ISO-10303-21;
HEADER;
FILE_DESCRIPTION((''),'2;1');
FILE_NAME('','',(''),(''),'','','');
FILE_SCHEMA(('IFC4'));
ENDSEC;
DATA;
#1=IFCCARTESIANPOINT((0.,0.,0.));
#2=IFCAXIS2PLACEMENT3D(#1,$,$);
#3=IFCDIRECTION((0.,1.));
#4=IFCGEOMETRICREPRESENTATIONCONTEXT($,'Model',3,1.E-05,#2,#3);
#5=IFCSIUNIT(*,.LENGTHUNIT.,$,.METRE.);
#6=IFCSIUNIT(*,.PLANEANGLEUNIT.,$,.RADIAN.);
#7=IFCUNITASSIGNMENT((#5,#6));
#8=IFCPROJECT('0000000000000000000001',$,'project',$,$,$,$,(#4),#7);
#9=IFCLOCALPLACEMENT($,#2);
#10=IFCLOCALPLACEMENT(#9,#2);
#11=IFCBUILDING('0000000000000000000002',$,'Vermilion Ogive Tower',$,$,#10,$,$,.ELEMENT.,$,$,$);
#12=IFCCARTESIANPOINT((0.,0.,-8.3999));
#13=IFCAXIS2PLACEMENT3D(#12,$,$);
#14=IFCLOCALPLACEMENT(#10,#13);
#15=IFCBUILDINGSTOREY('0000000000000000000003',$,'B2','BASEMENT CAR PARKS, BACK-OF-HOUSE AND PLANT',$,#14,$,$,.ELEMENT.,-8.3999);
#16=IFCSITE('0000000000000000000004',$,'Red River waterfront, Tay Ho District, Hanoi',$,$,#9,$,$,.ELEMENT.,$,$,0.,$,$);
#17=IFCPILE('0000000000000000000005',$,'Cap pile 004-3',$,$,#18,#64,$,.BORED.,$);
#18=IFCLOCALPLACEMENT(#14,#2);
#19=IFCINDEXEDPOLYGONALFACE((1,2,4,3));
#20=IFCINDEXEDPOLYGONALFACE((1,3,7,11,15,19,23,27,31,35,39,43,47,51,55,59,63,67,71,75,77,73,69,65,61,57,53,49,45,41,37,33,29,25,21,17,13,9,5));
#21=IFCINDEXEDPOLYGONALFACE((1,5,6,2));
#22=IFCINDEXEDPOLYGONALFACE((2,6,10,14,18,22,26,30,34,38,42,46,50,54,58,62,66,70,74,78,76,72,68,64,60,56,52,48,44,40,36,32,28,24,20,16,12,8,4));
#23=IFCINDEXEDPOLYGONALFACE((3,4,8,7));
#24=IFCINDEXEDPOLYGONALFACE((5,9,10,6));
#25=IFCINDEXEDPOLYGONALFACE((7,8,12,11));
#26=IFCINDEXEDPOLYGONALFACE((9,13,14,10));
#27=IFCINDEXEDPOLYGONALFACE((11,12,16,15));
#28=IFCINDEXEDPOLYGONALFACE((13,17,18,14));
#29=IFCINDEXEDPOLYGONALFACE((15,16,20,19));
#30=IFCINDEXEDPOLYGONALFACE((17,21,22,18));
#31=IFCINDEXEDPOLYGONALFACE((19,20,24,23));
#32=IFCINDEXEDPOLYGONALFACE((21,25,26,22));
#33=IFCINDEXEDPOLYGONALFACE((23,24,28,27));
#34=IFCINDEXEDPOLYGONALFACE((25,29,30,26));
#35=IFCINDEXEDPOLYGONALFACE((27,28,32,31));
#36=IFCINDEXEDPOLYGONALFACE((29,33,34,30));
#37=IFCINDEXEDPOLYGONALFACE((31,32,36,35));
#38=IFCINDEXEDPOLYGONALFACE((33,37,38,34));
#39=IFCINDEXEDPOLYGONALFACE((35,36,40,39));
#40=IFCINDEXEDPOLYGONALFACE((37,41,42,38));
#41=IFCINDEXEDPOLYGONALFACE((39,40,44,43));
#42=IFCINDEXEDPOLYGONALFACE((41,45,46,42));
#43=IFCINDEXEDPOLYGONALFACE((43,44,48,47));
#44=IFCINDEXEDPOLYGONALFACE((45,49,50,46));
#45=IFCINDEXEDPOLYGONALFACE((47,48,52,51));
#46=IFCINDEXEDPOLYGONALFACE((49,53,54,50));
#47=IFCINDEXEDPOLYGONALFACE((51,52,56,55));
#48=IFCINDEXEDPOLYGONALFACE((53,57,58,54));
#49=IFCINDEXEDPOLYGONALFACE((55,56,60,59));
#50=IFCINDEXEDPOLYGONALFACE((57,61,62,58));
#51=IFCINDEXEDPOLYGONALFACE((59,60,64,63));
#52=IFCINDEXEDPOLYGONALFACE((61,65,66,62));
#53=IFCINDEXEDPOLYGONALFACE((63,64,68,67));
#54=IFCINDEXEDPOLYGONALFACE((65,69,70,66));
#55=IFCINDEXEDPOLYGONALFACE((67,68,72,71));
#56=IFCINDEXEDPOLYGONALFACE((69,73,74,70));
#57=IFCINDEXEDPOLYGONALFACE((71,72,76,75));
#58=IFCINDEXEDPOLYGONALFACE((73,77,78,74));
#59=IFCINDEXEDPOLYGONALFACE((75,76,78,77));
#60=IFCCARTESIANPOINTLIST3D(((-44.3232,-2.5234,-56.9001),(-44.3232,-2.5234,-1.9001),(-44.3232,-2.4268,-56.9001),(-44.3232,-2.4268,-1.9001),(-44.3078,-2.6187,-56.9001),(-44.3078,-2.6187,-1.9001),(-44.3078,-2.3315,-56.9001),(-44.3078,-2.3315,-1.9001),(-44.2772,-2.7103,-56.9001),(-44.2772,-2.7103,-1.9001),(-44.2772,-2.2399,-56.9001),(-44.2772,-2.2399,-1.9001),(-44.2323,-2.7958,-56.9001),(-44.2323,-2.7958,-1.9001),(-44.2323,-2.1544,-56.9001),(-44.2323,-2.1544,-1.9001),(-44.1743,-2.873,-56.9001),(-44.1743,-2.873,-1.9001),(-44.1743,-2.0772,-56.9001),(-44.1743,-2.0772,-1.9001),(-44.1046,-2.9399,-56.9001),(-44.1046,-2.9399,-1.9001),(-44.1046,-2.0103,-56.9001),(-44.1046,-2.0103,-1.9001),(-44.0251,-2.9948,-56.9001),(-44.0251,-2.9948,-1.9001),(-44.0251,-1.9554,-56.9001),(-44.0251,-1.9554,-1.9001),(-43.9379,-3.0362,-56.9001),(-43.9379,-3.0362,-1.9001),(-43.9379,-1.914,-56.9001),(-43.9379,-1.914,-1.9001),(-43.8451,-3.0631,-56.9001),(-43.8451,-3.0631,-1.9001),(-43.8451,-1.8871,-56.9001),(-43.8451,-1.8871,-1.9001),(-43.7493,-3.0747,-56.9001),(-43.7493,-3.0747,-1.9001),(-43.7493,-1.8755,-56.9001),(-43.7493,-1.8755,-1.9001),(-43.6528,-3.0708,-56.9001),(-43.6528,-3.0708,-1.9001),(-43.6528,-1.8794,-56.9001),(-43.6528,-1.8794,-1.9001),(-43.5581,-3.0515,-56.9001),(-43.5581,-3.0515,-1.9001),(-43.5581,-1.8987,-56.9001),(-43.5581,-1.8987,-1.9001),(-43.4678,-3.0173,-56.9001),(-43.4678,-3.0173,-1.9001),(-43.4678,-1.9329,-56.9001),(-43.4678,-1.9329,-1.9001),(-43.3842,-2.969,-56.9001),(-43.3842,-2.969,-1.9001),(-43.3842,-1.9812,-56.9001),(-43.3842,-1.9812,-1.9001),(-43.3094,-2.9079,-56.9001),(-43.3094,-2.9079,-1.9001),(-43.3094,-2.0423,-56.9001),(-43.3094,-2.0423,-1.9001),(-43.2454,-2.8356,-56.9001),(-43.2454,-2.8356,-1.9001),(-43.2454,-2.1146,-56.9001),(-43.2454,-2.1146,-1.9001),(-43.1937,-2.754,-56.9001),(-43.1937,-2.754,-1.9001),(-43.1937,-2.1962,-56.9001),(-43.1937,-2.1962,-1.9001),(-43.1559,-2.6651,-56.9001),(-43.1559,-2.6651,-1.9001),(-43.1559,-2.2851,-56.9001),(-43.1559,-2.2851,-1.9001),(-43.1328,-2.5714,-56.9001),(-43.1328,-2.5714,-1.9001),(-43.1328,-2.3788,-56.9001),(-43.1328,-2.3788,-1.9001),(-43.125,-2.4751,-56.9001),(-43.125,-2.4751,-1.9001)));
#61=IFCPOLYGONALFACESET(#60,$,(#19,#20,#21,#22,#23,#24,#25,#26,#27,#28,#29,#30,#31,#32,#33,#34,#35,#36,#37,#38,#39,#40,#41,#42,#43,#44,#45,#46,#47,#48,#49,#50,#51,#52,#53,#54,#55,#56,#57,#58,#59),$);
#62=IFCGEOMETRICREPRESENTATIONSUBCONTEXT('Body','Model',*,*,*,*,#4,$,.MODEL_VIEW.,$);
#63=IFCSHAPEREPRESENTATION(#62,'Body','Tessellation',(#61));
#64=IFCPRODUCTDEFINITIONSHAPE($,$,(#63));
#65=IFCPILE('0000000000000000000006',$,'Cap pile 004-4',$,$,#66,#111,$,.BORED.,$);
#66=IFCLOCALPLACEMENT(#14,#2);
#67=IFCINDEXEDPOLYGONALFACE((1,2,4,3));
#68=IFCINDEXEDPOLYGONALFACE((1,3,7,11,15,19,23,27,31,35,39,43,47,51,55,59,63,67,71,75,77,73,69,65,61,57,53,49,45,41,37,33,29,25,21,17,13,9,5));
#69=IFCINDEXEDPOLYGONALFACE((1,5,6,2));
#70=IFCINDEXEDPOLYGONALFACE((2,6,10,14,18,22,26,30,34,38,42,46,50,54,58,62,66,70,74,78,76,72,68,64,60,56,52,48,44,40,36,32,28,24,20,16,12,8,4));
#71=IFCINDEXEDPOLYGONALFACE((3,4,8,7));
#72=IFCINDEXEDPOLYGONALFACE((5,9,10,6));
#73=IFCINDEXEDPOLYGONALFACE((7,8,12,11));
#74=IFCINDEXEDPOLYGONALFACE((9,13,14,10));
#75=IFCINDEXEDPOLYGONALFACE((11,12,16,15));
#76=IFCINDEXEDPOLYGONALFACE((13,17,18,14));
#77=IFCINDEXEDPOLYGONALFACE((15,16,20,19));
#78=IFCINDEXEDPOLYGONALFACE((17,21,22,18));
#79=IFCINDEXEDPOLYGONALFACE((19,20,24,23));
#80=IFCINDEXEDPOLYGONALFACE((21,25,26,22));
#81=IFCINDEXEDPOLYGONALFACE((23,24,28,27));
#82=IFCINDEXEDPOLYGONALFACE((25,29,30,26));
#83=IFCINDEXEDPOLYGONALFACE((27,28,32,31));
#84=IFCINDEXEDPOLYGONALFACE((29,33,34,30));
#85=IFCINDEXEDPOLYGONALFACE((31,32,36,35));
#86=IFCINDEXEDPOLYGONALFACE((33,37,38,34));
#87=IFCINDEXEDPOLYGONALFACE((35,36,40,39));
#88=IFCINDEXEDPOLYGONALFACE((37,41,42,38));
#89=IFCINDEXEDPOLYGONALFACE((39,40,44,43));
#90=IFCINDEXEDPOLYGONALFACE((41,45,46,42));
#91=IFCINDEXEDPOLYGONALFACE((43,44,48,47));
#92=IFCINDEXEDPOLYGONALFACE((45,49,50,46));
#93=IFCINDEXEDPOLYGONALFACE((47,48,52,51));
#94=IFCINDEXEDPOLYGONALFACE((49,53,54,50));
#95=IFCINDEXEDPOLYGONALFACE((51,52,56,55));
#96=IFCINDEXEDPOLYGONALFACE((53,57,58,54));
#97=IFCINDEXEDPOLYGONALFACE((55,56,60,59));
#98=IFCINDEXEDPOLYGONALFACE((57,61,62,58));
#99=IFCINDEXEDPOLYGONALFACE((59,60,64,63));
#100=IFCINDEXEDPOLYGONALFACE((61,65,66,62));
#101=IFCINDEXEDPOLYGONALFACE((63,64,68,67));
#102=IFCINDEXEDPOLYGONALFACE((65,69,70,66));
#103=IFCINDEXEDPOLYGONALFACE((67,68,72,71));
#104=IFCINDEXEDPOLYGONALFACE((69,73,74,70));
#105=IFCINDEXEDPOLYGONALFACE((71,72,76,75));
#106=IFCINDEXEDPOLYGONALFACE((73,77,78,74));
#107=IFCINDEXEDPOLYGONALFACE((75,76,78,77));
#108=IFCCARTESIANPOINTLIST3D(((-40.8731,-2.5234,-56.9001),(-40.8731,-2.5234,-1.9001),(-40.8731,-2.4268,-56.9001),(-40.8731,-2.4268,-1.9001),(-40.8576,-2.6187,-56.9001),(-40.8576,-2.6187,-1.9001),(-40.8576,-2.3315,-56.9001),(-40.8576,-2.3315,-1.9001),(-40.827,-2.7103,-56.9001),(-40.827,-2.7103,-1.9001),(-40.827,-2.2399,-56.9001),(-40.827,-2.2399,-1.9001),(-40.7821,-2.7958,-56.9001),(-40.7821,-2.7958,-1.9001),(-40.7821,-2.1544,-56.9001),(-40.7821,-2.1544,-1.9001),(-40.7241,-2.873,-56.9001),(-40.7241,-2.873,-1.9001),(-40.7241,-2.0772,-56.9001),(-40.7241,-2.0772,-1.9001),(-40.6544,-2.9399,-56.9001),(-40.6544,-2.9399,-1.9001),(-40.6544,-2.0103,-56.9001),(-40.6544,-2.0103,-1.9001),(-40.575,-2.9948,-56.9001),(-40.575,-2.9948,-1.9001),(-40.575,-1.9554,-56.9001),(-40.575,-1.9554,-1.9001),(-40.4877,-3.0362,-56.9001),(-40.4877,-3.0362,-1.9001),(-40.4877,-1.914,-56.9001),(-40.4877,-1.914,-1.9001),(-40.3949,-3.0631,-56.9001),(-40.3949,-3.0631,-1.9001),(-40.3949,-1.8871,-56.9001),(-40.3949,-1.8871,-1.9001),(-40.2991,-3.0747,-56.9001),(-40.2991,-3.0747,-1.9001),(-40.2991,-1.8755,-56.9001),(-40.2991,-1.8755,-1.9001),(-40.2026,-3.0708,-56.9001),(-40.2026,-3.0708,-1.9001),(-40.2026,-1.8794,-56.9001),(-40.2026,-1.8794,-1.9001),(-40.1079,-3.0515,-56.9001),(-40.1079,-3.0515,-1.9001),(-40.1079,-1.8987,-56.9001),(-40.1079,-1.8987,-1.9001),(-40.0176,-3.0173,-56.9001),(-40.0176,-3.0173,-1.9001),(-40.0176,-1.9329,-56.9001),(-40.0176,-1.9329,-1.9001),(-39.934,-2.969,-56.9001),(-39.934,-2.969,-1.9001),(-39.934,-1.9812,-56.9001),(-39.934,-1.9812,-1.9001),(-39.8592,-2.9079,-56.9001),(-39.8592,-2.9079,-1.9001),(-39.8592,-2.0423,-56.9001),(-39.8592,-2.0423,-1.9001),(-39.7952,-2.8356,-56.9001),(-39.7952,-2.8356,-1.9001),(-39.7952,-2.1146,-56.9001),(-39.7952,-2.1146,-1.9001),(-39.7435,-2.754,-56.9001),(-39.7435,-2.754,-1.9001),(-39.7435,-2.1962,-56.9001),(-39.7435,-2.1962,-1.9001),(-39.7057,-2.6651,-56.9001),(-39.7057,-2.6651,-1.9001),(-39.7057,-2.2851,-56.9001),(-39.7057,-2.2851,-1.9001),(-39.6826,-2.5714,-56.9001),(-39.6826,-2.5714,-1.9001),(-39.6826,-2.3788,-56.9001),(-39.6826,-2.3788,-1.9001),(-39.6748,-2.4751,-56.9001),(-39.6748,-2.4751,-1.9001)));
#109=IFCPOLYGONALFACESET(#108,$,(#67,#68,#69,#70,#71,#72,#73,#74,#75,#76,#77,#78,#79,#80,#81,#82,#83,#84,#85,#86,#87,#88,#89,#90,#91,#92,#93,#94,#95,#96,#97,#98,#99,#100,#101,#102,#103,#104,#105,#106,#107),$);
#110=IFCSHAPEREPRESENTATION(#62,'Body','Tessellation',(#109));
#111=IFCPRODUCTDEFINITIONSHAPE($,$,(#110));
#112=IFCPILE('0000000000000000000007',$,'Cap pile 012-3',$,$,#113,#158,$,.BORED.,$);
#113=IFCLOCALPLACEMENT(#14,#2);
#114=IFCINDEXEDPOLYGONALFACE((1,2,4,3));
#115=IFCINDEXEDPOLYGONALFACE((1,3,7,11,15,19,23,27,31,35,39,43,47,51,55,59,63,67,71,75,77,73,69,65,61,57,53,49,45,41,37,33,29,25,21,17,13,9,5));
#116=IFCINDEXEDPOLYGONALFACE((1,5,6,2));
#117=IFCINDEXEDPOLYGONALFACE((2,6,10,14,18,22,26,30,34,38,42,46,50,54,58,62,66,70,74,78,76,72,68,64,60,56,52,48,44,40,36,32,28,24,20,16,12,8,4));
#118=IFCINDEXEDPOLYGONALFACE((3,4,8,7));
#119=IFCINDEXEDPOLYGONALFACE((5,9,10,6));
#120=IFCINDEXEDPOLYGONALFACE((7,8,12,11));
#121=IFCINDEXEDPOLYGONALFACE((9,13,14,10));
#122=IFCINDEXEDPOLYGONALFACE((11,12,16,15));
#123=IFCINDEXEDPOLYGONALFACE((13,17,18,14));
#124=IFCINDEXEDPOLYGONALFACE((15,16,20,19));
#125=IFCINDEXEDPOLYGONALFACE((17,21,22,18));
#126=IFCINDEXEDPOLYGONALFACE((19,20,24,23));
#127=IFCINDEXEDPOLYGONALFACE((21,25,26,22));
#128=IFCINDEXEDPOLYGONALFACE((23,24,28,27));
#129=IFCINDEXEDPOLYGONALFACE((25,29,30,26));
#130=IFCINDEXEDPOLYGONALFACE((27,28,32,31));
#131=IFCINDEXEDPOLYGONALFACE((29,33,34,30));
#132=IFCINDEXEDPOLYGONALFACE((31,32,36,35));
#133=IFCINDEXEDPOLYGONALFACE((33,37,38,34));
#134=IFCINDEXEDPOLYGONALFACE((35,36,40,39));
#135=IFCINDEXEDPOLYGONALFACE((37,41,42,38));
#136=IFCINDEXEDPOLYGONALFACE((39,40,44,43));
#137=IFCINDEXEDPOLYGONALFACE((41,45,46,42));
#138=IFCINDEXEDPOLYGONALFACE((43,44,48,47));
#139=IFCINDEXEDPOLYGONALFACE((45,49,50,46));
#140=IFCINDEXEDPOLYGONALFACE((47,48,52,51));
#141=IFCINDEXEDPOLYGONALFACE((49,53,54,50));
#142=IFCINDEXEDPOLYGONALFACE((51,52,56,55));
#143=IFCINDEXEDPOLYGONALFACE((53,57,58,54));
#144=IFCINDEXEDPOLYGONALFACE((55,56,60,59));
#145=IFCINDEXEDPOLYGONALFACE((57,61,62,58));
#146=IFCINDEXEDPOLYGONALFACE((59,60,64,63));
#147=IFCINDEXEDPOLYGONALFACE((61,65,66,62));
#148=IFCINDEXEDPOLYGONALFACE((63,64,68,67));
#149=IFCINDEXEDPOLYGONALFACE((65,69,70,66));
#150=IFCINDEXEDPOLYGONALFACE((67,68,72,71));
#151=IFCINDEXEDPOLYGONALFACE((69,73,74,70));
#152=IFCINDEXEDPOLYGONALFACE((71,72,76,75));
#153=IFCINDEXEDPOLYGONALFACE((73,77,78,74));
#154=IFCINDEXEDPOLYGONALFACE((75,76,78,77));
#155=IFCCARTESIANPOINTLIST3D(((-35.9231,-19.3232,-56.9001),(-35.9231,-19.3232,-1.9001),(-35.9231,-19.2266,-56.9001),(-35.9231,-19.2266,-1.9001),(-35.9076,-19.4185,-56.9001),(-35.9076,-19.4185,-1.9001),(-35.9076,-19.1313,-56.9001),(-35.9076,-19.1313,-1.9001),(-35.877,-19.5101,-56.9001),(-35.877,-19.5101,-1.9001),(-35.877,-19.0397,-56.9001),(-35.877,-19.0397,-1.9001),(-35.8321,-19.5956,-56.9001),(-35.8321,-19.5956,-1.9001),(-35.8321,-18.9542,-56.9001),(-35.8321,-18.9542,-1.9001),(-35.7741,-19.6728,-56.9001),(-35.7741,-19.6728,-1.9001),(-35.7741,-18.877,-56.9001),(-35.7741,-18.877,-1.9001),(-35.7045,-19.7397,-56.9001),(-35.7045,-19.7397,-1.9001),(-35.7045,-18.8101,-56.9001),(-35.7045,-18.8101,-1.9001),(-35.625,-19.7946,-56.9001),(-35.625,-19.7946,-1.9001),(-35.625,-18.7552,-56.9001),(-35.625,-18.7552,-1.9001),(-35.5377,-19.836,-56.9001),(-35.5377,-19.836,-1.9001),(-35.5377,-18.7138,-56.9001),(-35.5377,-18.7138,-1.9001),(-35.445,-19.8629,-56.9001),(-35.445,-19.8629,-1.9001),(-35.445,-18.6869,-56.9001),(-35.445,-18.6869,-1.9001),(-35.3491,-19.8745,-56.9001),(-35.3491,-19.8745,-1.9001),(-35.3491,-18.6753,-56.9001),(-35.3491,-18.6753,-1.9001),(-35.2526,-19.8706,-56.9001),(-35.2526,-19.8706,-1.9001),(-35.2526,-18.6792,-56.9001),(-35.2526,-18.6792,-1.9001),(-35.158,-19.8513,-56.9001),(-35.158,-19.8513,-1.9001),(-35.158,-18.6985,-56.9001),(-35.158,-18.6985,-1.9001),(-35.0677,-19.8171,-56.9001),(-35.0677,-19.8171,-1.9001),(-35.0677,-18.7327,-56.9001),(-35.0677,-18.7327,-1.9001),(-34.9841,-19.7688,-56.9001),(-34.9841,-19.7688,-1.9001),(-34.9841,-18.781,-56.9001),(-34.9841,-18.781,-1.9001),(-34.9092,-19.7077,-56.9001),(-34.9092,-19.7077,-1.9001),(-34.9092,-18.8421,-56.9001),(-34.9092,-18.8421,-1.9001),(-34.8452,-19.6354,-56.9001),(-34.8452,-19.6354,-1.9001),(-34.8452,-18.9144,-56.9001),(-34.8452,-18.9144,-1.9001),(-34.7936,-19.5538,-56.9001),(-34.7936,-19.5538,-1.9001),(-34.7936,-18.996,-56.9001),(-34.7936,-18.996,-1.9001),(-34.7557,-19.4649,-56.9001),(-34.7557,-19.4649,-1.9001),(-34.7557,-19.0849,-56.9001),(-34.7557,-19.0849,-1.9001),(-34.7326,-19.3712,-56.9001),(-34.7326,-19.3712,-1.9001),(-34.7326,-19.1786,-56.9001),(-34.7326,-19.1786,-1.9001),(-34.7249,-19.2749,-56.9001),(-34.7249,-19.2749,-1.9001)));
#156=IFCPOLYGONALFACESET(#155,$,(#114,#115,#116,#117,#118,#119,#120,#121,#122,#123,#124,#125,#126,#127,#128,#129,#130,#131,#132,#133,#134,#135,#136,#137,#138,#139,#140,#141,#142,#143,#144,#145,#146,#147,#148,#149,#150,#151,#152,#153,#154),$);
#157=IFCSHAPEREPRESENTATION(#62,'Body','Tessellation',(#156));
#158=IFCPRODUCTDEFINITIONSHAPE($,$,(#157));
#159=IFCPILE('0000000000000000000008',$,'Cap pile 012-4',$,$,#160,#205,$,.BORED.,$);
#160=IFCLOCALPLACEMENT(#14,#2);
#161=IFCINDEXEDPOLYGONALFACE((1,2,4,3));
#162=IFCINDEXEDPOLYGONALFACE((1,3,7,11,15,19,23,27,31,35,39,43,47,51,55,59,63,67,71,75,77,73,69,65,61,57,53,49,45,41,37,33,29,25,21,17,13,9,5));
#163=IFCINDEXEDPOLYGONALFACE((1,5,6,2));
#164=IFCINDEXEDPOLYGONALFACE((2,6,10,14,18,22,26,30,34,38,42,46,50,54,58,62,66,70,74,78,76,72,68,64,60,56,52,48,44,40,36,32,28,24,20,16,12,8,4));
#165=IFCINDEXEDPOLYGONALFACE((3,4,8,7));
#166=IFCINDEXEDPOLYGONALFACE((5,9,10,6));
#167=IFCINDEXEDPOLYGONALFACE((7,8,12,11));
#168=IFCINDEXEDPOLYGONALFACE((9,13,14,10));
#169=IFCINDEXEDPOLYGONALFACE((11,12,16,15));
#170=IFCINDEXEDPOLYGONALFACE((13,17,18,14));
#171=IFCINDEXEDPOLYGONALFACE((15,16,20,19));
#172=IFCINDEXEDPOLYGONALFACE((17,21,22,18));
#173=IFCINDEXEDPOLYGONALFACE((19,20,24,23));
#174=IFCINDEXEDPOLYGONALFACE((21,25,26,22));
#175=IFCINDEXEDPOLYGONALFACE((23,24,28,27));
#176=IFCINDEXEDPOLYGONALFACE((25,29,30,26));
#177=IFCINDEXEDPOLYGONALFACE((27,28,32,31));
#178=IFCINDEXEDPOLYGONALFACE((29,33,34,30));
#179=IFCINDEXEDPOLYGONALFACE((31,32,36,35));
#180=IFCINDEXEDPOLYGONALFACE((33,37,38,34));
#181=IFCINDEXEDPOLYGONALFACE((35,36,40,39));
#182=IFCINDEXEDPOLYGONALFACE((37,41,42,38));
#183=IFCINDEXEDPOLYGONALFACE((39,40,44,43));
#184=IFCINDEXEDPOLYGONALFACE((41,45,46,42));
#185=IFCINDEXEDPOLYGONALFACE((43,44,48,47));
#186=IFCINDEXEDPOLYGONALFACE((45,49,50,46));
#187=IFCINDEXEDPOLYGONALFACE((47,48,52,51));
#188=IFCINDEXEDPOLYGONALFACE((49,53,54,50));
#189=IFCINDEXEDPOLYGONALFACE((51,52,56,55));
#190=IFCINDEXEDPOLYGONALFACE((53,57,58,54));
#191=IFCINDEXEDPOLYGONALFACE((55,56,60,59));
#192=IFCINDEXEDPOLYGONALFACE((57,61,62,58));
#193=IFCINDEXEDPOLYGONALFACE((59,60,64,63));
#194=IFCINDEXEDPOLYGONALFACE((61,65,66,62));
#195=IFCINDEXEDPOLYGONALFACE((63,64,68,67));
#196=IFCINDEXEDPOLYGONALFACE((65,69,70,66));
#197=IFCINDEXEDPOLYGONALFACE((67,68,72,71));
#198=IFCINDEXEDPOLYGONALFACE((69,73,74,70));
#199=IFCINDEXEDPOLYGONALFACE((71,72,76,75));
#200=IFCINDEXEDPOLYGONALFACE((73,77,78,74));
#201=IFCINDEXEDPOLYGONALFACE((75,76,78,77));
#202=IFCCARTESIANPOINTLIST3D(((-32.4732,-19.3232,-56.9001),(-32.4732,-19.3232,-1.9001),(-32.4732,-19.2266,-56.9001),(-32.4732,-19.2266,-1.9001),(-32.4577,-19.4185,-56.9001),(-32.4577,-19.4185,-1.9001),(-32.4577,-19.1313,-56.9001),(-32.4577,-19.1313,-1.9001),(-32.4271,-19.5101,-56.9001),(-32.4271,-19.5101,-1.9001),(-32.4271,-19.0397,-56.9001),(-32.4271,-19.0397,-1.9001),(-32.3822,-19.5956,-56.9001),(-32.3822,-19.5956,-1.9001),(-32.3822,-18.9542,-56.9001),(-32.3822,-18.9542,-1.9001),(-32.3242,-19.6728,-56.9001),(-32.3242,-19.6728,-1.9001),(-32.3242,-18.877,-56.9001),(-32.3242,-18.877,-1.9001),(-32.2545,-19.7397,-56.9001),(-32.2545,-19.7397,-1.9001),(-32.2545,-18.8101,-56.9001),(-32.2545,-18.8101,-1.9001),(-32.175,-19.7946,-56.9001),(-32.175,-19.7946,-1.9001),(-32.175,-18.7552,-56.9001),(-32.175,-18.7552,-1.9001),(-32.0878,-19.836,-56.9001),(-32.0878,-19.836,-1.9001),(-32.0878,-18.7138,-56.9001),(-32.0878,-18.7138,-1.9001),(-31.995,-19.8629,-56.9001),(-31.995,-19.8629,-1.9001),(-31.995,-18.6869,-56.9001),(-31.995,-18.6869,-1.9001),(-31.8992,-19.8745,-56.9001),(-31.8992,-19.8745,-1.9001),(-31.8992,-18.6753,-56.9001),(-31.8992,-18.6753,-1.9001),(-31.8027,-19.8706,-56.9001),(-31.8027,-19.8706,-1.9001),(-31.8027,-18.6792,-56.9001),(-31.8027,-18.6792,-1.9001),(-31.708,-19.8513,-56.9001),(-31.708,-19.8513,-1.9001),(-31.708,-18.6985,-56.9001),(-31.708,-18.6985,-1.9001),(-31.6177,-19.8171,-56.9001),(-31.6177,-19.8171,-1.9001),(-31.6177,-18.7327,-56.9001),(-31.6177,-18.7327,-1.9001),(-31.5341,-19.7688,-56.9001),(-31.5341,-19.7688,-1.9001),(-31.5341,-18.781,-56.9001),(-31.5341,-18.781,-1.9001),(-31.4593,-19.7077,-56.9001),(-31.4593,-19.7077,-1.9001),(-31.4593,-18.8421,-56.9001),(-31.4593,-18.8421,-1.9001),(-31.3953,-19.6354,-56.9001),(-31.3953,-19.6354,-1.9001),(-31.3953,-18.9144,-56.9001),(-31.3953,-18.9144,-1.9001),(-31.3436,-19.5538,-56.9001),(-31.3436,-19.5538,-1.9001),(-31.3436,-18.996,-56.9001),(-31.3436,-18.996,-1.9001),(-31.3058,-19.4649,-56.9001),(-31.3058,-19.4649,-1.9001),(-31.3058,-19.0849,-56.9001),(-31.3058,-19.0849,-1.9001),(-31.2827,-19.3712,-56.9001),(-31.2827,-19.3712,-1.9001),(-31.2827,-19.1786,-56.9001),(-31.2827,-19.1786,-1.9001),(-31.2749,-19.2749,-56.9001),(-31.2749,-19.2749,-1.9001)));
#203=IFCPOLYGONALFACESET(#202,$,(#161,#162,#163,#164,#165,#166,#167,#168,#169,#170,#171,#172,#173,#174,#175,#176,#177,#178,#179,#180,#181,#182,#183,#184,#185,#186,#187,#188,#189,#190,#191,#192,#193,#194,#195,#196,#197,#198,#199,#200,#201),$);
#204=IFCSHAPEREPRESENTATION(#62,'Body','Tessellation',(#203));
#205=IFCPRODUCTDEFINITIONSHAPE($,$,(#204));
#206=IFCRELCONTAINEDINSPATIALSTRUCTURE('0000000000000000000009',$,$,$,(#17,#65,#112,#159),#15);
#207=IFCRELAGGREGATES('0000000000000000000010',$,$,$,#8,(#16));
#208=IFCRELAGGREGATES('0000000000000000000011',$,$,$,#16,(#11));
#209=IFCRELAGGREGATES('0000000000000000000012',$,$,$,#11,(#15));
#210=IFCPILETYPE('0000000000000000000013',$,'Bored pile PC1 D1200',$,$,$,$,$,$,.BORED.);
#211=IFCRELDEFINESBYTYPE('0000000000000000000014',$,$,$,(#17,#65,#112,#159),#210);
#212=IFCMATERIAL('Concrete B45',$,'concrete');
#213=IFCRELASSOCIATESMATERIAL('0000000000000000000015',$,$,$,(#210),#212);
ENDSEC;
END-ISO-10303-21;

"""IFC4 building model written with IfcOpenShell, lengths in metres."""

from ifc_helpers import new_model, si_unit, direction, frame, origin, origin_2d, place, context, subcontext, project, spatial, circle, extrude, material, type_object, element, save


model = new_model("IFC4")

# Units and contexts
model_context = context("Model", 3, precision=1e-05, world=origin(), true_north=direction((0.0, 1.0)))
body_context = subcontext(model_context, "Body", "Model", "MODEL_VIEW")
ifc_project = project(units=[si_unit("LENGTHUNIT", "METRE"), si_unit("PLANEANGLEUNIT", "RADIAN")], contexts=[model_context])

# Site, building, storey
site_placement = place(None, origin())
site = spatial("IfcSite", under=ifc_project, at=site_placement, Name="Red River waterfront, Tay Ho District, Hanoi", CompositionType="ELEMENT", RefElevation=0.0)
building_placement = place(site_placement, origin())
building = spatial("IfcBuilding", under=site, at=building_placement, Name="Vermilion Ogive Tower", CompositionType="ELEMENT")
storey_placement = place(building_placement, frame((0.0, 0.0, -8.3999)))
storey = spatial("IfcBuildingStorey", under=building, at=storey_placement, Name="B2", Description="BASEMENT CAR PARKS, BACK-OF-HOUSE AND PLANT", CompositionType="ELEMENT", Elevation=-8.3999)

# Piles
ifc_material_1 = material(Name="Concrete B45", Category="concrete")
pile_type_1 = type_object("IfcPileType", Name="Bored pile PC1 D1200", PredefinedType="BORED", material=ifc_material_1)
for number, where, z_axis, x_axis, name in (
    (1, (-43.7251, -2.4751, -1.9001), (0.0, 0.0, -1.0), (1.0, 0.0, 0.0), "Cap pile 004-3"),
    (2, (-40.2749, -2.4751, -1.9001), (0.0, 0.0, -1.0), (1.0, 0.0, 0.0), "Cap pile 004-4"),
    (3, (-35.325, -19.2749, -1.9001), (0.0, 0.0, -1.0), (1.0, 0.0, 0.0), "Cap pile 012-3"),
    (4, (-31.875, -19.2749, -1.9001), (0.0, 0.0, -1.0), (1.0, 0.0, 0.0), "Cap pile 012-4"),
):
    element("IfcPile", number, at=place(storey_placement, frame(where, z_axis=z_axis, x_axis=x_axis)), inside=storey, type_object=pile_type_1, Name=name, PredefinedType="BORED", context=body_context, shape_type="SweptSolid", body=[
        extrude(circle(Radius=0.6001, at=origin_2d()), origin(), (0.0, 0.0, 1.0), 55.0),
    ])

save(model, "model.ifc")
